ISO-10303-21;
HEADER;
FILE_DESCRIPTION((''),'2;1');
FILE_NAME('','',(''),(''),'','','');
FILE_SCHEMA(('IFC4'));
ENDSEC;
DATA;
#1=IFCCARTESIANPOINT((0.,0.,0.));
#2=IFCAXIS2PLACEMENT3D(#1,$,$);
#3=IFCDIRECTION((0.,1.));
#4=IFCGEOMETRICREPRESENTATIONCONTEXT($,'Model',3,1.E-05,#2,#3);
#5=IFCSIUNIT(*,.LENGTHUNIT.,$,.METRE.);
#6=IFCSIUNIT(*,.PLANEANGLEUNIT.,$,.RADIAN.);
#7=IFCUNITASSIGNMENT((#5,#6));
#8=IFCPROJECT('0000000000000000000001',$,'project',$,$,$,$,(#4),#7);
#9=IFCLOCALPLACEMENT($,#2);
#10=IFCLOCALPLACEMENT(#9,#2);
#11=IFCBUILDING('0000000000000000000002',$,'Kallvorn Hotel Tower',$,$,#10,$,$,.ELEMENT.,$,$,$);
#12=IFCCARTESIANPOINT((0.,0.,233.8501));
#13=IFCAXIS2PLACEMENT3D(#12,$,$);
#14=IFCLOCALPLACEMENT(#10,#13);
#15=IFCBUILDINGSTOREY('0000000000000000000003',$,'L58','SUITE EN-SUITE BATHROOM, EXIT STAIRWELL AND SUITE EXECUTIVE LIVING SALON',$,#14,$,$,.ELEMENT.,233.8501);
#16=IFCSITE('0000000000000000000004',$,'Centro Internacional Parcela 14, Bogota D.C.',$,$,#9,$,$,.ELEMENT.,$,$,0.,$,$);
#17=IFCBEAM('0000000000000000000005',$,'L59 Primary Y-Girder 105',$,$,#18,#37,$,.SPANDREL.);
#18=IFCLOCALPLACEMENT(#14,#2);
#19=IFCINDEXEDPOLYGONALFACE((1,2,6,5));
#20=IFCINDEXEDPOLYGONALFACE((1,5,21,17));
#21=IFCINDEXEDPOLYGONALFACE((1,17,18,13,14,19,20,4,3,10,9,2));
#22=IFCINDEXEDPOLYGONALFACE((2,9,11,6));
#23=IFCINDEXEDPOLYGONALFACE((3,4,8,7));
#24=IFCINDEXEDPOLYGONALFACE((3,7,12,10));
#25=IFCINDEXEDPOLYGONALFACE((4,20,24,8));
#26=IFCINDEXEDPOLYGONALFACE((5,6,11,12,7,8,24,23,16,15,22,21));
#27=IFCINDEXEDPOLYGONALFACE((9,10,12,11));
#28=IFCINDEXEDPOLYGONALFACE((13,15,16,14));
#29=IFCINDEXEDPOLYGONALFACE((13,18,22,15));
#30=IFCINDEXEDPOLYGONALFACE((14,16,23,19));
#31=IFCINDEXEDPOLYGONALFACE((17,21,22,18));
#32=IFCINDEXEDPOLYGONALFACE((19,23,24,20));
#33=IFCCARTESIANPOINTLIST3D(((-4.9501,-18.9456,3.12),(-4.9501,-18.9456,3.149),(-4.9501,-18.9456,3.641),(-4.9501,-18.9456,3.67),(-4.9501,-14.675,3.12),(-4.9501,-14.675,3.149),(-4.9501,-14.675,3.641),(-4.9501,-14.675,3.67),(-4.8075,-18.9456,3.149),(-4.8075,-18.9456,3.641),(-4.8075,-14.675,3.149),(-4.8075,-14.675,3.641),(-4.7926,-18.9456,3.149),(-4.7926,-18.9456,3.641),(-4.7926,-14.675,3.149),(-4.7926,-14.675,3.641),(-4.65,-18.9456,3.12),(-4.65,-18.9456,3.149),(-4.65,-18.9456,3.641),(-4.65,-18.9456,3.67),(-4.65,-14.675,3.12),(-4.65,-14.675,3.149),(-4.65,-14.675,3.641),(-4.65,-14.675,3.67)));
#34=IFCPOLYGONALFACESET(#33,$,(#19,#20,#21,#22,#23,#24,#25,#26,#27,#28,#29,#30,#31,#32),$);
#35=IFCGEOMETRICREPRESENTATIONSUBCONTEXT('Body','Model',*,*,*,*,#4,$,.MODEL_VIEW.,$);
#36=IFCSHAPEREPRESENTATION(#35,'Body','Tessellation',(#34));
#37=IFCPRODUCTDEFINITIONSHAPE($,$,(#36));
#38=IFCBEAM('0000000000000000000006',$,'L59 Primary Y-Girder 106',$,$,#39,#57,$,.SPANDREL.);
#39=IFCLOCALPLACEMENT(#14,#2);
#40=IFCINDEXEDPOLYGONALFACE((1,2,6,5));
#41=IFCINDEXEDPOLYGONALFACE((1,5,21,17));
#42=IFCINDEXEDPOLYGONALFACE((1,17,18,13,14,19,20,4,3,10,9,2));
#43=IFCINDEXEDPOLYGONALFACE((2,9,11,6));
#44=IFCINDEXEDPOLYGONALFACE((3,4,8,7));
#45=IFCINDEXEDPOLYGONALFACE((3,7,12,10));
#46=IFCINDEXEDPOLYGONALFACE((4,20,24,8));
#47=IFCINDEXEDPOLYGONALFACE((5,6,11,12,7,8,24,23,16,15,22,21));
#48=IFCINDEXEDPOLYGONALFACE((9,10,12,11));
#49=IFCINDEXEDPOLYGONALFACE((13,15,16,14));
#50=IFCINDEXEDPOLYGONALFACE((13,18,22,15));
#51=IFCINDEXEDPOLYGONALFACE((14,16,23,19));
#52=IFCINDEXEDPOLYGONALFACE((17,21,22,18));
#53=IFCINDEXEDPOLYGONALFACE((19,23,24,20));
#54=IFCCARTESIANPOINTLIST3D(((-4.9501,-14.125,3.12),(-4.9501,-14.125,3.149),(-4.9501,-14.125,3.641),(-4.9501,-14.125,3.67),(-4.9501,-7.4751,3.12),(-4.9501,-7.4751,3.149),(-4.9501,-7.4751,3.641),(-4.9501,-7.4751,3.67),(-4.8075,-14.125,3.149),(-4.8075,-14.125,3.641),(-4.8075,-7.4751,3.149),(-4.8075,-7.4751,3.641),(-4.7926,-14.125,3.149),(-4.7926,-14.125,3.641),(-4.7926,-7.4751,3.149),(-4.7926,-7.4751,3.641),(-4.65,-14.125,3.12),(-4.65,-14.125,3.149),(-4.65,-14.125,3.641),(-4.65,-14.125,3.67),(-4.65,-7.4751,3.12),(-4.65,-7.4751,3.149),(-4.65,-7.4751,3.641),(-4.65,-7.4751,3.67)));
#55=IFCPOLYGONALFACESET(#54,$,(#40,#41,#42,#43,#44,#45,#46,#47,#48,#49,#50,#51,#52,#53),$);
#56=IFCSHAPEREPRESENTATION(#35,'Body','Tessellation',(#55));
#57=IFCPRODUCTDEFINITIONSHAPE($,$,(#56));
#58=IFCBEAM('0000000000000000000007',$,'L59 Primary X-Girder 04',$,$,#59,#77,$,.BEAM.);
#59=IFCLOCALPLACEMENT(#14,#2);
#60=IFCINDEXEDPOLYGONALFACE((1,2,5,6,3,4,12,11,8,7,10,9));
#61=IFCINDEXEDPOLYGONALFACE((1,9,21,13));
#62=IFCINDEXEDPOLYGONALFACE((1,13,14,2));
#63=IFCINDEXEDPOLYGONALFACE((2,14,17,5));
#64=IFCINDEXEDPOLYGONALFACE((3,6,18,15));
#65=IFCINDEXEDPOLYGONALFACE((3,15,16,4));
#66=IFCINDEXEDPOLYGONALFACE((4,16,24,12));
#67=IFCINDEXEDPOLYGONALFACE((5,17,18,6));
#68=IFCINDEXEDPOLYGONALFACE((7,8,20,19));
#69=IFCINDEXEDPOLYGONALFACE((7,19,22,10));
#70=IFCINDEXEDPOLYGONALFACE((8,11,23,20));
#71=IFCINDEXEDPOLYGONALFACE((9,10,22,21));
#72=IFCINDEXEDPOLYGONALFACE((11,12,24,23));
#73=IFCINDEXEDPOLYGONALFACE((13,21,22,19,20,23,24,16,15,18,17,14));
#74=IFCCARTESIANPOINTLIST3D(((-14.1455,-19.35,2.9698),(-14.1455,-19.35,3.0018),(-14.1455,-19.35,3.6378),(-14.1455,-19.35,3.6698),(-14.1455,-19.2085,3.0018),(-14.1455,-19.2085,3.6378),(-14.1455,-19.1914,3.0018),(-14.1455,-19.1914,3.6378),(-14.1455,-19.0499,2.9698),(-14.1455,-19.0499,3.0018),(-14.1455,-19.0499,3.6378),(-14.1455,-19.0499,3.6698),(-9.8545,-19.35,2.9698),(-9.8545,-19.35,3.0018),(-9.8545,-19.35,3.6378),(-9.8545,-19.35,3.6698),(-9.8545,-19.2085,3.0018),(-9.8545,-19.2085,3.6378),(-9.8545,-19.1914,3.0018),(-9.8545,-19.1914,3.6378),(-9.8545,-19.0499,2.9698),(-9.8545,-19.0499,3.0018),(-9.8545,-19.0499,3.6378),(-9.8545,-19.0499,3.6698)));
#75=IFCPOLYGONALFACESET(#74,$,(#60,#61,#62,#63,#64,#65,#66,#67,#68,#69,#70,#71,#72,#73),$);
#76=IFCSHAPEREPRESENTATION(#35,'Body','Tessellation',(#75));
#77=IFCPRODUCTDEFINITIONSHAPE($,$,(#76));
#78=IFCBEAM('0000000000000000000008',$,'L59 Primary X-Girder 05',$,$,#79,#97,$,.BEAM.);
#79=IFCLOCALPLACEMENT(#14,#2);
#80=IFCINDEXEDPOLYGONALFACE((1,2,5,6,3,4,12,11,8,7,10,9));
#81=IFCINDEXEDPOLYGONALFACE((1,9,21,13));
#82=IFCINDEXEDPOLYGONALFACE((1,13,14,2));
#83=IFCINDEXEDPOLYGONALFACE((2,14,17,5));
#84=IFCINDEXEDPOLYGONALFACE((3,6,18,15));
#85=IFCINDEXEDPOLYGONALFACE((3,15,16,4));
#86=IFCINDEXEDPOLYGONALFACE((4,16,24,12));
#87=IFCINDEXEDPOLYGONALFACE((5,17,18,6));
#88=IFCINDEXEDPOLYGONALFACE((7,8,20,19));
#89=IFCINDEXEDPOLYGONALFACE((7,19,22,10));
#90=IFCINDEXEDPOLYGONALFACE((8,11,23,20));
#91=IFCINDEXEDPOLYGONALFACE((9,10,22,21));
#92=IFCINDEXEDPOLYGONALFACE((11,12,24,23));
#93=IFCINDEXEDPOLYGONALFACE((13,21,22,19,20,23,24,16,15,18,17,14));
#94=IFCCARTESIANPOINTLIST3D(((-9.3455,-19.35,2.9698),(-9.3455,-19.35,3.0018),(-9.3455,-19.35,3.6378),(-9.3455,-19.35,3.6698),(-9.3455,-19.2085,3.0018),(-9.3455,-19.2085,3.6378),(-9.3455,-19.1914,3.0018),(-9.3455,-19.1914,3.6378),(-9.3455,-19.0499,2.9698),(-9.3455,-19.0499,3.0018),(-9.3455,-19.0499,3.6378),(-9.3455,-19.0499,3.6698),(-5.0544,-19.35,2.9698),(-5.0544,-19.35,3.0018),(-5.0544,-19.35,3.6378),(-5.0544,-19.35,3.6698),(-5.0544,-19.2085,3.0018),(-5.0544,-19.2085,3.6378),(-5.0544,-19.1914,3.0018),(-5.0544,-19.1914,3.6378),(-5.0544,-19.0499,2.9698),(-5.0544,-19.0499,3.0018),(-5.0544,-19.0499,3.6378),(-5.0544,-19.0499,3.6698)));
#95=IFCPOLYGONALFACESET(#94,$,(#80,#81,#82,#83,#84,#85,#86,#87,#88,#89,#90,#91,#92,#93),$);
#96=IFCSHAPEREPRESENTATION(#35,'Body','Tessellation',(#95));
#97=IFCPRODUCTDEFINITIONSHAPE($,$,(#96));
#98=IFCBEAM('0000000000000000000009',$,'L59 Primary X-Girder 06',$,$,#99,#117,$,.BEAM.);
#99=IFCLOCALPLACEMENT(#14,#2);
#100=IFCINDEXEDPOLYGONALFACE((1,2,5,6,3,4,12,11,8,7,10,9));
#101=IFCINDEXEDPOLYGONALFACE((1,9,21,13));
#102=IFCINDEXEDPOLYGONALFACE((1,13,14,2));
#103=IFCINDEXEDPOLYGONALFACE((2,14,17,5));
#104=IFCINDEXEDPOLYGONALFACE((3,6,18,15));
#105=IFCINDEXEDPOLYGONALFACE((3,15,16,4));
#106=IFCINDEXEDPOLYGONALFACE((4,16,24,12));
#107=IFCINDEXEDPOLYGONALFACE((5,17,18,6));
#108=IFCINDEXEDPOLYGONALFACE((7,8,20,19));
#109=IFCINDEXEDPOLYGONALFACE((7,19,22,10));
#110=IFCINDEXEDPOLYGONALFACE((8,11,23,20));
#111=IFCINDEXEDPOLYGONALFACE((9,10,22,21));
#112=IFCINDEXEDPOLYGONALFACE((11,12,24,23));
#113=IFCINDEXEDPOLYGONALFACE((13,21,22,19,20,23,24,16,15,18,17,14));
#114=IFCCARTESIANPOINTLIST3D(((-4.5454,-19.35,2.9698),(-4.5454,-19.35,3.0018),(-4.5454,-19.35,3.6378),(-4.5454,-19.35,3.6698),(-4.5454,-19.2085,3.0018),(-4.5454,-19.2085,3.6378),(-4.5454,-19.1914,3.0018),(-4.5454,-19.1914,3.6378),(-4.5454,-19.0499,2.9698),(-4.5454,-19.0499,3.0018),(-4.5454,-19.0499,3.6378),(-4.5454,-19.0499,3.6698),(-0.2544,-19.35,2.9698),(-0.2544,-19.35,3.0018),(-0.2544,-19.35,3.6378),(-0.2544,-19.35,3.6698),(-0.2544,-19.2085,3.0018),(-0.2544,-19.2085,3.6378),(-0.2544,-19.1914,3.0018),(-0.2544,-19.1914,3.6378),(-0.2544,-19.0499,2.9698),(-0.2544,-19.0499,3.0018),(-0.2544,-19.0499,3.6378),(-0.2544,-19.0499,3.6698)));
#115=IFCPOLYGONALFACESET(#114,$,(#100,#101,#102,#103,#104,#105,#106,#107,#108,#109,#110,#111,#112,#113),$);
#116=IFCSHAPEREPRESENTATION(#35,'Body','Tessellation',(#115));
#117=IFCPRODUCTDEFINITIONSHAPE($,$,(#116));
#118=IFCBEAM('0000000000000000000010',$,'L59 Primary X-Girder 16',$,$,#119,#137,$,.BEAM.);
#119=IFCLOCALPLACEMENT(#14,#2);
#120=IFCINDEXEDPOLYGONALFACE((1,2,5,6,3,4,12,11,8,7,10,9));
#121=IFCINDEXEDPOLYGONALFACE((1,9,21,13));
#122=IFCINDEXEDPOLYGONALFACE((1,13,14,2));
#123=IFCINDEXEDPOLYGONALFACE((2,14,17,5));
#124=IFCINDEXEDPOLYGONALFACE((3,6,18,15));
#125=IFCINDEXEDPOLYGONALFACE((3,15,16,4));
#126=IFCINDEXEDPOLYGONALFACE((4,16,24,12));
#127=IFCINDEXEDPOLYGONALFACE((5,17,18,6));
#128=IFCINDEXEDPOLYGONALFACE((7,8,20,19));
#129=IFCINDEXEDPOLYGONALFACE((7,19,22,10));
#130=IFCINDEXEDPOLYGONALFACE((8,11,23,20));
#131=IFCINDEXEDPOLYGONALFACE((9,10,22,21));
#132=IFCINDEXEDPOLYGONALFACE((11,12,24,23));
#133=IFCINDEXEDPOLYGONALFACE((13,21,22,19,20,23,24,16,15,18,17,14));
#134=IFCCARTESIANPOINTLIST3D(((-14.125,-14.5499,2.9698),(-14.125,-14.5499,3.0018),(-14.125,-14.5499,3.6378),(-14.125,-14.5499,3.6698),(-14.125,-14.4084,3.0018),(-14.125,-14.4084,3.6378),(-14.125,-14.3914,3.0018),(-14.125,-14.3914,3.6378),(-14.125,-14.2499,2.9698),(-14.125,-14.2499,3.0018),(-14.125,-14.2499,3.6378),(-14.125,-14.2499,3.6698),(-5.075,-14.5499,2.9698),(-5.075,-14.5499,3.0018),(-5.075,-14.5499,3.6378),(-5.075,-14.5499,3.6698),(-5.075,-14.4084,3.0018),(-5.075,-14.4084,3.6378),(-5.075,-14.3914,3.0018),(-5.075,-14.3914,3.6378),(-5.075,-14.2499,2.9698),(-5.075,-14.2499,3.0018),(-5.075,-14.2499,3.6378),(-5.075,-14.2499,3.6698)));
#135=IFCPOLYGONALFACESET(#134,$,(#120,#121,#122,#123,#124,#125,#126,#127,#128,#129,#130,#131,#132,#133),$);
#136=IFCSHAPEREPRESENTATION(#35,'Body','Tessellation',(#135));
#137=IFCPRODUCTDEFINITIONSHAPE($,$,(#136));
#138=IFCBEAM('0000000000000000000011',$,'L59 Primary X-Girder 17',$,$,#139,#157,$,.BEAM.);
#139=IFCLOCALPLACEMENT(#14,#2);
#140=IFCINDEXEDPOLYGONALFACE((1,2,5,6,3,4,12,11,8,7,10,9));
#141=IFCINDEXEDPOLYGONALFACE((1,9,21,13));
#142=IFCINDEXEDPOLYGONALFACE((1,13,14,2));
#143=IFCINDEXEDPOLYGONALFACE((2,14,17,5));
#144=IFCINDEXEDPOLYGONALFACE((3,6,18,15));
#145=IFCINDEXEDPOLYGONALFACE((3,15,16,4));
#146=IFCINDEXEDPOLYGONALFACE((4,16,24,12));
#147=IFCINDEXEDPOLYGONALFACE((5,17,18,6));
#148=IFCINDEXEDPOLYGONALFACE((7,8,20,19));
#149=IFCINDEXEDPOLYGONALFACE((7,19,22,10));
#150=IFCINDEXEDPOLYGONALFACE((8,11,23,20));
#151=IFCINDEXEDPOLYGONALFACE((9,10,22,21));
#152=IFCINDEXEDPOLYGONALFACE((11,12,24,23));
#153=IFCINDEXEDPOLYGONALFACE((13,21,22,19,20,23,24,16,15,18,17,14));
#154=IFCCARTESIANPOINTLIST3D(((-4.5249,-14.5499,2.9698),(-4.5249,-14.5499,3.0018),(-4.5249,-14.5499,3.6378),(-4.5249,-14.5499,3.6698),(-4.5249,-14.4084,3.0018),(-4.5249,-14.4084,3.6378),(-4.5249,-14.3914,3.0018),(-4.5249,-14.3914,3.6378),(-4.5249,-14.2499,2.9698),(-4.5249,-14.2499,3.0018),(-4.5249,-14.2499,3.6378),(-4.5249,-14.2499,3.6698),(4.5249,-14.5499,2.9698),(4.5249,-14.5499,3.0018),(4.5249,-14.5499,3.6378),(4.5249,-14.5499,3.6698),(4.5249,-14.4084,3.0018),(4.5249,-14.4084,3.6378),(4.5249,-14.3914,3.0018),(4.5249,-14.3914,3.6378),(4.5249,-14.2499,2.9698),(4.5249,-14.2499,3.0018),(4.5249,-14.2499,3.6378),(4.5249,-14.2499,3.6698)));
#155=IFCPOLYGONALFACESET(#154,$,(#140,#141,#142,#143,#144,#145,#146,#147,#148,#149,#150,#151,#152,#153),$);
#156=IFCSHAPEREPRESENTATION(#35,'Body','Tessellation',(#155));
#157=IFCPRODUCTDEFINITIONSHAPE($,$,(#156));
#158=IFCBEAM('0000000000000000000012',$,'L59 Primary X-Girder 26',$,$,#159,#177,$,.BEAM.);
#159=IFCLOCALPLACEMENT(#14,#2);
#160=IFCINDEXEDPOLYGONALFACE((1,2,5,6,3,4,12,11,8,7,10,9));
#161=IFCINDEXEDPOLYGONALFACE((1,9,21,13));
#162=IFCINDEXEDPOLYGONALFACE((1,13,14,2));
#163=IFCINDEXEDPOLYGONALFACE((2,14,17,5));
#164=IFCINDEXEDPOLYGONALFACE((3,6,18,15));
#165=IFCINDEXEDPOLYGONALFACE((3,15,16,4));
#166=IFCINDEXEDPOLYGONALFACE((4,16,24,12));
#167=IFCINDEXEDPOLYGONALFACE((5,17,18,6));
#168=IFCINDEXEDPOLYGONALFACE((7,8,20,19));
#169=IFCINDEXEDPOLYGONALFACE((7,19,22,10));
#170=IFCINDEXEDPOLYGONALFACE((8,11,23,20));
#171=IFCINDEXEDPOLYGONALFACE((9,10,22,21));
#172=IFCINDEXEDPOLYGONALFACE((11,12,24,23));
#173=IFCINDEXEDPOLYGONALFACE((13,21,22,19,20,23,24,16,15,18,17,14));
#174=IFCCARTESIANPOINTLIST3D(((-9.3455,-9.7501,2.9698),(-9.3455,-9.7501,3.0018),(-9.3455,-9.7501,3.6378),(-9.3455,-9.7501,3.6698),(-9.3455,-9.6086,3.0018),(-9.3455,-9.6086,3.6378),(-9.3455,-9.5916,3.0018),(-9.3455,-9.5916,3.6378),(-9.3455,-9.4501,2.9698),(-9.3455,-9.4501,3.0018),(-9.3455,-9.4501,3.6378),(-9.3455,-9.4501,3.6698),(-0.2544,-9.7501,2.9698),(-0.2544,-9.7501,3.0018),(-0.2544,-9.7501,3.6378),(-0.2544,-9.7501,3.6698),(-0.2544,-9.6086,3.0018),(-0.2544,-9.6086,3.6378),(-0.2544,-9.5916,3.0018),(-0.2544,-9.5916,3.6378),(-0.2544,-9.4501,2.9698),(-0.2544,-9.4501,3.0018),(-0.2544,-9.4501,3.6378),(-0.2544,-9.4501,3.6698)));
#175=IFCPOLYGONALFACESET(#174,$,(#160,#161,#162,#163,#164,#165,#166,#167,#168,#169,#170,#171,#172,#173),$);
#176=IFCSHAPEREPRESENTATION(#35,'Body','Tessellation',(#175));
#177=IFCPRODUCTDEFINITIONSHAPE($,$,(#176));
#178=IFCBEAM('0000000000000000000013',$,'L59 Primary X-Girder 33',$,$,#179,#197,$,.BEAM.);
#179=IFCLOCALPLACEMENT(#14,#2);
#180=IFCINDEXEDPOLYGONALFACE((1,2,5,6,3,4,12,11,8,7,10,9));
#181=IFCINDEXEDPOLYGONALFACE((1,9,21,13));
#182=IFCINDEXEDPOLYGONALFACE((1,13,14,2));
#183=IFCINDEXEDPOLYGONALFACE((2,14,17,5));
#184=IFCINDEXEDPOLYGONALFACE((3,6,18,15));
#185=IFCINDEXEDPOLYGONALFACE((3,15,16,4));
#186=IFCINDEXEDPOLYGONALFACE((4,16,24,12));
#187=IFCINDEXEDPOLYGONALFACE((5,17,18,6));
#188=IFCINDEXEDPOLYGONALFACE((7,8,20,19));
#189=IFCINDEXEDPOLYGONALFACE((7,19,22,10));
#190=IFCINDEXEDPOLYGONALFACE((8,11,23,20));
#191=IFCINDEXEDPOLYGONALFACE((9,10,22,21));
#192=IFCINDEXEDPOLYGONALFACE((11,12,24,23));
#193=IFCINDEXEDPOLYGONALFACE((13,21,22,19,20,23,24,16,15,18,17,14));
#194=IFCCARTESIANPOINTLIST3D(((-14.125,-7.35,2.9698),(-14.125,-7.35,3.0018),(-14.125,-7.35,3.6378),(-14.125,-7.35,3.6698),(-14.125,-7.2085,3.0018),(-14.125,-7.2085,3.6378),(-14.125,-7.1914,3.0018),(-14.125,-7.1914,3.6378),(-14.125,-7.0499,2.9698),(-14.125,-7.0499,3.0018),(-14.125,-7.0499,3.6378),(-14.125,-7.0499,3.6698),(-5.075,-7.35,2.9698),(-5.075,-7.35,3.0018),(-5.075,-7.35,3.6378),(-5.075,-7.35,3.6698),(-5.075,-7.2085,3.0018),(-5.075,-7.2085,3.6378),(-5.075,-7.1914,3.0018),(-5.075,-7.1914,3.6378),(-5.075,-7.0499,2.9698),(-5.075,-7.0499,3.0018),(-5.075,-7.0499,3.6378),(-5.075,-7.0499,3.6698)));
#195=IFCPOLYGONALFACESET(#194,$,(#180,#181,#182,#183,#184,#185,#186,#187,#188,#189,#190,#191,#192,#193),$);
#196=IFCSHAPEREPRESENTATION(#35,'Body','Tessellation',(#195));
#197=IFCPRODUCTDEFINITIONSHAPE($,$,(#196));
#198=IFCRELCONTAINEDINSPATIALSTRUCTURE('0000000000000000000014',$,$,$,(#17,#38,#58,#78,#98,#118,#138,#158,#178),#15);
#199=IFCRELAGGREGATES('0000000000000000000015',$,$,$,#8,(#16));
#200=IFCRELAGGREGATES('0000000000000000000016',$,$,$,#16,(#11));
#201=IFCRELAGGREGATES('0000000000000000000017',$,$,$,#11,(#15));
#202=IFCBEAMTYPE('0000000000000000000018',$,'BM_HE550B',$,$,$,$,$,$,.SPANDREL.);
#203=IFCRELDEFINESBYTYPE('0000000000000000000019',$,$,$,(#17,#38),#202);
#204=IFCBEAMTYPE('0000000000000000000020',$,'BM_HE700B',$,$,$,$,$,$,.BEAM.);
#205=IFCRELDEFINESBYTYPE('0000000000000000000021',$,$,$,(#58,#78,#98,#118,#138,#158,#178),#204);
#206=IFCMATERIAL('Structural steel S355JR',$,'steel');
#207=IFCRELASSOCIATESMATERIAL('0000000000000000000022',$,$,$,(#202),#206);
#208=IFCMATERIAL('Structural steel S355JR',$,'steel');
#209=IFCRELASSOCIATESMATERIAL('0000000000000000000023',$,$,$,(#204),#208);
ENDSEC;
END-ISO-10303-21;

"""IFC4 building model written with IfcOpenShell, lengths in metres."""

from ifc_helpers import new_model, si_unit, direction, frame, origin, origin_2d, place, context, subcontext, project, spatial, i_section, extrude, material, material_profile, profile_set, type_object, element, save


model = new_model("IFC4")

# Units and contexts
model_context = context("Model", 3, precision=1e-05, world=origin(), true_north=direction((0.0, 1.0)))
body_context = subcontext(model_context, "Body", "Model", "MODEL_VIEW")
ifc_project = project(units=[si_unit("LENGTHUNIT", "METRE"), si_unit("PLANEANGLEUNIT", "RADIAN")], contexts=[model_context])

# Site, building, storey
site_placement = place(None, origin())
site = spatial("IfcSite", under=ifc_project, at=site_placement, Name="Centro Internacional Parcela 14, Bogota D.C.", CompositionType="ELEMENT", RefElevation=0.0)
building_placement = place(site_placement, origin())
building = spatial("IfcBuilding", under=site, at=building_placement, Name="Kallvorn Hotel Tower", CompositionType="ELEMENT")
storey_placement = place(building_placement, frame((0.0, 0.0, 233.8501)))
storey = spatial("IfcBuildingStorey", under=building, at=storey_placement, Name="L58", Description="SUITE EN-SUITE BATHROOM, EXIT STAIRWELL AND SUITE EXECUTIVE LIVING SALON", CompositionType="ELEMENT", Elevation=233.8501)

# Beams
ifc_material_1 = material(Name="Structural steel S355JR", Category="steel")
ifc_material_profile_1 = material_profile(ifc_material_1, i_section(OverallWidth=0.3, OverallDepth=0.55, WebThickness=0.0149, FlangeThickness=0.0291, at=origin_2d()), Name="HE 550 B")
ifc_profile_set_1 = profile_set([ifc_material_profile_1], Name="Structural steel S355JR")
beam_type_1 = type_object("IfcBeamType", Name="BM_HE550B", PredefinedType="SPANDREL", material=ifc_profile_set_1)
beam_1_placement = place(storey_placement, frame((-4.8, -18.9456, 3.395), z_axis=(0.0, 1.0, 0.0), x_axis=(-1.0, 0.0, 0.0)))
element("IfcBeam", 1, at=beam_1_placement, inside=storey, type_object=beam_type_1, Name="L59 Primary Y-Girder 105", PredefinedType="SPANDREL", context=body_context, shape_type="SweptSolid", body=[
    extrude(i_section(OverallWidth=0.3, OverallDepth=0.55, WebThickness=0.0149, FlangeThickness=0.0291, at=origin_2d()), origin(), (0.0, 0.0, 1.0), 4.2705),
])
beam_2_placement = place(storey_placement, frame((-4.8, -14.125, 3.395), z_axis=(0.0, 1.0, 0.0), x_axis=(-1.0, 0.0, 0.0)))
element("IfcBeam", 2, at=beam_2_placement, inside=storey, type_object=beam_type_1, Name="L59 Primary Y-Girder 106", PredefinedType="SPANDREL", context=body_context, shape_type="SweptSolid", body=[
    extrude(i_section(OverallWidth=0.3, OverallDepth=0.55, WebThickness=0.0149, FlangeThickness=0.0291, at=origin_2d()), origin(), (0.0, 0.0, 1.0), 6.6499),
])
ifc_material_2 = material(Name="Structural steel S355JR", Category="steel")
ifc_material_profile_2 = material_profile(ifc_material_2, i_section(OverallWidth=0.3, OverallDepth=0.7, WebThickness=0.0171, FlangeThickness=0.032, at=origin_2d()), Name="HE 700 B")
ifc_profile_set_2 = profile_set([ifc_material_profile_2], Name="Structural steel S355JR")
beam_type_2 = type_object("IfcBeamType", Name="BM_HE700B", PredefinedType="BEAM", material=ifc_profile_set_2)
for number, where, z_axis, x_axis, name in (
    (3, (-14.1455, -19.2, 3.3198), (1.0, 0.0, 0.0), (0.0, 1.0, 0.0), "L59 Primary X-Girder 04"),
    (4, (-9.3455, -19.2, 3.3198), (1.0, 0.0, 0.0), (0.0, 1.0, 0.0), "L59 Primary X-Girder 05"),
    (5, (-4.5454, -19.2, 3.3198), (1.0, 0.0, 0.0), (0.0, 1.0, 0.0), "L59 Primary X-Girder 06"),
):
    element("IfcBeam", number, at=place(storey_placement, frame(where, z_axis=z_axis, x_axis=x_axis)), inside=storey, type_object=beam_type_2, Name=name, PredefinedType="BEAM", context=body_context, shape_type="SweptSolid", body=[
        extrude(i_section(OverallWidth=0.3, OverallDepth=0.7, WebThickness=0.0171, FlangeThickness=0.032, at=origin_2d()), origin(), (0.0, 0.0, 1.0), 4.291),
    ])
beam_3_placement = place(storey_placement, frame((-14.125, -14.3999, 3.3198), z_axis=(1.0, 0.0, 0.0), x_axis=(0.0, 1.0, 0.0)))
element("IfcBeam", 6, at=beam_3_placement, inside=storey, type_object=beam_type_2, Name="L59 Primary X-Girder 16", PredefinedType="BEAM", context=body_context, shape_type="SweptSolid", body=[
    extrude(i_section(OverallWidth=0.3, OverallDepth=0.7, WebThickness=0.0171, FlangeThickness=0.032, at=origin_2d()), origin(), (0.0, 0.0, 1.0), 9.05),
])
beam_4_placement = place(storey_placement, frame((-4.5249, -14.3999, 3.3198), z_axis=(1.0, 0.0, 0.0), x_axis=(0.0, 1.0, 0.0)))
element("IfcBeam", 7, at=beam_4_placement, inside=storey, type_object=beam_type_2, Name="L59 Primary X-Girder 17", PredefinedType="BEAM", context=body_context, shape_type="SweptSolid", body=[
    extrude(i_section(OverallWidth=0.3, OverallDepth=0.7, WebThickness=0.0171, FlangeThickness=0.032, at=origin_2d()), origin(), (0.0, 0.0, 1.0), 9.0498),
])
beam_5_placement = place(storey_placement, frame((-9.3455, -9.6001, 3.3198), z_axis=(1.0, 0.0, 0.0), x_axis=(0.0, 1.0, 0.0)))
element("IfcBeam", 8, at=beam_5_placement, inside=storey, type_object=beam_type_2, Name="L59 Primary X-Girder 26", PredefinedType="BEAM", context=body_context, shape_type="SweptSolid", body=[
    extrude(i_section(OverallWidth=0.3, OverallDepth=0.7, WebThickness=0.0171, FlangeThickness=0.032, at=origin_2d()), origin(), (0.0, 0.0, 1.0), 9.0911),
])
beam_6_placement = place(storey_placement, frame((-14.125, -7.2, 3.3198), z_axis=(1.0, 0.0, 0.0), x_axis=(0.0, 1.0, 0.0)))
element("IfcBeam", 9, at=beam_6_placement, inside=storey, type_object=beam_type_2, Name="L59 Primary X-Girder 33", PredefinedType="BEAM", context=body_context, shape_type="SweptSolid", body=[
    extrude(i_section(OverallWidth=0.3, OverallDepth=0.7, WebThickness=0.0171, FlangeThickness=0.032, at=origin_2d()), origin(), (0.0, 0.0, 1.0), 9.05),
])

save(model, "model.ifc")
